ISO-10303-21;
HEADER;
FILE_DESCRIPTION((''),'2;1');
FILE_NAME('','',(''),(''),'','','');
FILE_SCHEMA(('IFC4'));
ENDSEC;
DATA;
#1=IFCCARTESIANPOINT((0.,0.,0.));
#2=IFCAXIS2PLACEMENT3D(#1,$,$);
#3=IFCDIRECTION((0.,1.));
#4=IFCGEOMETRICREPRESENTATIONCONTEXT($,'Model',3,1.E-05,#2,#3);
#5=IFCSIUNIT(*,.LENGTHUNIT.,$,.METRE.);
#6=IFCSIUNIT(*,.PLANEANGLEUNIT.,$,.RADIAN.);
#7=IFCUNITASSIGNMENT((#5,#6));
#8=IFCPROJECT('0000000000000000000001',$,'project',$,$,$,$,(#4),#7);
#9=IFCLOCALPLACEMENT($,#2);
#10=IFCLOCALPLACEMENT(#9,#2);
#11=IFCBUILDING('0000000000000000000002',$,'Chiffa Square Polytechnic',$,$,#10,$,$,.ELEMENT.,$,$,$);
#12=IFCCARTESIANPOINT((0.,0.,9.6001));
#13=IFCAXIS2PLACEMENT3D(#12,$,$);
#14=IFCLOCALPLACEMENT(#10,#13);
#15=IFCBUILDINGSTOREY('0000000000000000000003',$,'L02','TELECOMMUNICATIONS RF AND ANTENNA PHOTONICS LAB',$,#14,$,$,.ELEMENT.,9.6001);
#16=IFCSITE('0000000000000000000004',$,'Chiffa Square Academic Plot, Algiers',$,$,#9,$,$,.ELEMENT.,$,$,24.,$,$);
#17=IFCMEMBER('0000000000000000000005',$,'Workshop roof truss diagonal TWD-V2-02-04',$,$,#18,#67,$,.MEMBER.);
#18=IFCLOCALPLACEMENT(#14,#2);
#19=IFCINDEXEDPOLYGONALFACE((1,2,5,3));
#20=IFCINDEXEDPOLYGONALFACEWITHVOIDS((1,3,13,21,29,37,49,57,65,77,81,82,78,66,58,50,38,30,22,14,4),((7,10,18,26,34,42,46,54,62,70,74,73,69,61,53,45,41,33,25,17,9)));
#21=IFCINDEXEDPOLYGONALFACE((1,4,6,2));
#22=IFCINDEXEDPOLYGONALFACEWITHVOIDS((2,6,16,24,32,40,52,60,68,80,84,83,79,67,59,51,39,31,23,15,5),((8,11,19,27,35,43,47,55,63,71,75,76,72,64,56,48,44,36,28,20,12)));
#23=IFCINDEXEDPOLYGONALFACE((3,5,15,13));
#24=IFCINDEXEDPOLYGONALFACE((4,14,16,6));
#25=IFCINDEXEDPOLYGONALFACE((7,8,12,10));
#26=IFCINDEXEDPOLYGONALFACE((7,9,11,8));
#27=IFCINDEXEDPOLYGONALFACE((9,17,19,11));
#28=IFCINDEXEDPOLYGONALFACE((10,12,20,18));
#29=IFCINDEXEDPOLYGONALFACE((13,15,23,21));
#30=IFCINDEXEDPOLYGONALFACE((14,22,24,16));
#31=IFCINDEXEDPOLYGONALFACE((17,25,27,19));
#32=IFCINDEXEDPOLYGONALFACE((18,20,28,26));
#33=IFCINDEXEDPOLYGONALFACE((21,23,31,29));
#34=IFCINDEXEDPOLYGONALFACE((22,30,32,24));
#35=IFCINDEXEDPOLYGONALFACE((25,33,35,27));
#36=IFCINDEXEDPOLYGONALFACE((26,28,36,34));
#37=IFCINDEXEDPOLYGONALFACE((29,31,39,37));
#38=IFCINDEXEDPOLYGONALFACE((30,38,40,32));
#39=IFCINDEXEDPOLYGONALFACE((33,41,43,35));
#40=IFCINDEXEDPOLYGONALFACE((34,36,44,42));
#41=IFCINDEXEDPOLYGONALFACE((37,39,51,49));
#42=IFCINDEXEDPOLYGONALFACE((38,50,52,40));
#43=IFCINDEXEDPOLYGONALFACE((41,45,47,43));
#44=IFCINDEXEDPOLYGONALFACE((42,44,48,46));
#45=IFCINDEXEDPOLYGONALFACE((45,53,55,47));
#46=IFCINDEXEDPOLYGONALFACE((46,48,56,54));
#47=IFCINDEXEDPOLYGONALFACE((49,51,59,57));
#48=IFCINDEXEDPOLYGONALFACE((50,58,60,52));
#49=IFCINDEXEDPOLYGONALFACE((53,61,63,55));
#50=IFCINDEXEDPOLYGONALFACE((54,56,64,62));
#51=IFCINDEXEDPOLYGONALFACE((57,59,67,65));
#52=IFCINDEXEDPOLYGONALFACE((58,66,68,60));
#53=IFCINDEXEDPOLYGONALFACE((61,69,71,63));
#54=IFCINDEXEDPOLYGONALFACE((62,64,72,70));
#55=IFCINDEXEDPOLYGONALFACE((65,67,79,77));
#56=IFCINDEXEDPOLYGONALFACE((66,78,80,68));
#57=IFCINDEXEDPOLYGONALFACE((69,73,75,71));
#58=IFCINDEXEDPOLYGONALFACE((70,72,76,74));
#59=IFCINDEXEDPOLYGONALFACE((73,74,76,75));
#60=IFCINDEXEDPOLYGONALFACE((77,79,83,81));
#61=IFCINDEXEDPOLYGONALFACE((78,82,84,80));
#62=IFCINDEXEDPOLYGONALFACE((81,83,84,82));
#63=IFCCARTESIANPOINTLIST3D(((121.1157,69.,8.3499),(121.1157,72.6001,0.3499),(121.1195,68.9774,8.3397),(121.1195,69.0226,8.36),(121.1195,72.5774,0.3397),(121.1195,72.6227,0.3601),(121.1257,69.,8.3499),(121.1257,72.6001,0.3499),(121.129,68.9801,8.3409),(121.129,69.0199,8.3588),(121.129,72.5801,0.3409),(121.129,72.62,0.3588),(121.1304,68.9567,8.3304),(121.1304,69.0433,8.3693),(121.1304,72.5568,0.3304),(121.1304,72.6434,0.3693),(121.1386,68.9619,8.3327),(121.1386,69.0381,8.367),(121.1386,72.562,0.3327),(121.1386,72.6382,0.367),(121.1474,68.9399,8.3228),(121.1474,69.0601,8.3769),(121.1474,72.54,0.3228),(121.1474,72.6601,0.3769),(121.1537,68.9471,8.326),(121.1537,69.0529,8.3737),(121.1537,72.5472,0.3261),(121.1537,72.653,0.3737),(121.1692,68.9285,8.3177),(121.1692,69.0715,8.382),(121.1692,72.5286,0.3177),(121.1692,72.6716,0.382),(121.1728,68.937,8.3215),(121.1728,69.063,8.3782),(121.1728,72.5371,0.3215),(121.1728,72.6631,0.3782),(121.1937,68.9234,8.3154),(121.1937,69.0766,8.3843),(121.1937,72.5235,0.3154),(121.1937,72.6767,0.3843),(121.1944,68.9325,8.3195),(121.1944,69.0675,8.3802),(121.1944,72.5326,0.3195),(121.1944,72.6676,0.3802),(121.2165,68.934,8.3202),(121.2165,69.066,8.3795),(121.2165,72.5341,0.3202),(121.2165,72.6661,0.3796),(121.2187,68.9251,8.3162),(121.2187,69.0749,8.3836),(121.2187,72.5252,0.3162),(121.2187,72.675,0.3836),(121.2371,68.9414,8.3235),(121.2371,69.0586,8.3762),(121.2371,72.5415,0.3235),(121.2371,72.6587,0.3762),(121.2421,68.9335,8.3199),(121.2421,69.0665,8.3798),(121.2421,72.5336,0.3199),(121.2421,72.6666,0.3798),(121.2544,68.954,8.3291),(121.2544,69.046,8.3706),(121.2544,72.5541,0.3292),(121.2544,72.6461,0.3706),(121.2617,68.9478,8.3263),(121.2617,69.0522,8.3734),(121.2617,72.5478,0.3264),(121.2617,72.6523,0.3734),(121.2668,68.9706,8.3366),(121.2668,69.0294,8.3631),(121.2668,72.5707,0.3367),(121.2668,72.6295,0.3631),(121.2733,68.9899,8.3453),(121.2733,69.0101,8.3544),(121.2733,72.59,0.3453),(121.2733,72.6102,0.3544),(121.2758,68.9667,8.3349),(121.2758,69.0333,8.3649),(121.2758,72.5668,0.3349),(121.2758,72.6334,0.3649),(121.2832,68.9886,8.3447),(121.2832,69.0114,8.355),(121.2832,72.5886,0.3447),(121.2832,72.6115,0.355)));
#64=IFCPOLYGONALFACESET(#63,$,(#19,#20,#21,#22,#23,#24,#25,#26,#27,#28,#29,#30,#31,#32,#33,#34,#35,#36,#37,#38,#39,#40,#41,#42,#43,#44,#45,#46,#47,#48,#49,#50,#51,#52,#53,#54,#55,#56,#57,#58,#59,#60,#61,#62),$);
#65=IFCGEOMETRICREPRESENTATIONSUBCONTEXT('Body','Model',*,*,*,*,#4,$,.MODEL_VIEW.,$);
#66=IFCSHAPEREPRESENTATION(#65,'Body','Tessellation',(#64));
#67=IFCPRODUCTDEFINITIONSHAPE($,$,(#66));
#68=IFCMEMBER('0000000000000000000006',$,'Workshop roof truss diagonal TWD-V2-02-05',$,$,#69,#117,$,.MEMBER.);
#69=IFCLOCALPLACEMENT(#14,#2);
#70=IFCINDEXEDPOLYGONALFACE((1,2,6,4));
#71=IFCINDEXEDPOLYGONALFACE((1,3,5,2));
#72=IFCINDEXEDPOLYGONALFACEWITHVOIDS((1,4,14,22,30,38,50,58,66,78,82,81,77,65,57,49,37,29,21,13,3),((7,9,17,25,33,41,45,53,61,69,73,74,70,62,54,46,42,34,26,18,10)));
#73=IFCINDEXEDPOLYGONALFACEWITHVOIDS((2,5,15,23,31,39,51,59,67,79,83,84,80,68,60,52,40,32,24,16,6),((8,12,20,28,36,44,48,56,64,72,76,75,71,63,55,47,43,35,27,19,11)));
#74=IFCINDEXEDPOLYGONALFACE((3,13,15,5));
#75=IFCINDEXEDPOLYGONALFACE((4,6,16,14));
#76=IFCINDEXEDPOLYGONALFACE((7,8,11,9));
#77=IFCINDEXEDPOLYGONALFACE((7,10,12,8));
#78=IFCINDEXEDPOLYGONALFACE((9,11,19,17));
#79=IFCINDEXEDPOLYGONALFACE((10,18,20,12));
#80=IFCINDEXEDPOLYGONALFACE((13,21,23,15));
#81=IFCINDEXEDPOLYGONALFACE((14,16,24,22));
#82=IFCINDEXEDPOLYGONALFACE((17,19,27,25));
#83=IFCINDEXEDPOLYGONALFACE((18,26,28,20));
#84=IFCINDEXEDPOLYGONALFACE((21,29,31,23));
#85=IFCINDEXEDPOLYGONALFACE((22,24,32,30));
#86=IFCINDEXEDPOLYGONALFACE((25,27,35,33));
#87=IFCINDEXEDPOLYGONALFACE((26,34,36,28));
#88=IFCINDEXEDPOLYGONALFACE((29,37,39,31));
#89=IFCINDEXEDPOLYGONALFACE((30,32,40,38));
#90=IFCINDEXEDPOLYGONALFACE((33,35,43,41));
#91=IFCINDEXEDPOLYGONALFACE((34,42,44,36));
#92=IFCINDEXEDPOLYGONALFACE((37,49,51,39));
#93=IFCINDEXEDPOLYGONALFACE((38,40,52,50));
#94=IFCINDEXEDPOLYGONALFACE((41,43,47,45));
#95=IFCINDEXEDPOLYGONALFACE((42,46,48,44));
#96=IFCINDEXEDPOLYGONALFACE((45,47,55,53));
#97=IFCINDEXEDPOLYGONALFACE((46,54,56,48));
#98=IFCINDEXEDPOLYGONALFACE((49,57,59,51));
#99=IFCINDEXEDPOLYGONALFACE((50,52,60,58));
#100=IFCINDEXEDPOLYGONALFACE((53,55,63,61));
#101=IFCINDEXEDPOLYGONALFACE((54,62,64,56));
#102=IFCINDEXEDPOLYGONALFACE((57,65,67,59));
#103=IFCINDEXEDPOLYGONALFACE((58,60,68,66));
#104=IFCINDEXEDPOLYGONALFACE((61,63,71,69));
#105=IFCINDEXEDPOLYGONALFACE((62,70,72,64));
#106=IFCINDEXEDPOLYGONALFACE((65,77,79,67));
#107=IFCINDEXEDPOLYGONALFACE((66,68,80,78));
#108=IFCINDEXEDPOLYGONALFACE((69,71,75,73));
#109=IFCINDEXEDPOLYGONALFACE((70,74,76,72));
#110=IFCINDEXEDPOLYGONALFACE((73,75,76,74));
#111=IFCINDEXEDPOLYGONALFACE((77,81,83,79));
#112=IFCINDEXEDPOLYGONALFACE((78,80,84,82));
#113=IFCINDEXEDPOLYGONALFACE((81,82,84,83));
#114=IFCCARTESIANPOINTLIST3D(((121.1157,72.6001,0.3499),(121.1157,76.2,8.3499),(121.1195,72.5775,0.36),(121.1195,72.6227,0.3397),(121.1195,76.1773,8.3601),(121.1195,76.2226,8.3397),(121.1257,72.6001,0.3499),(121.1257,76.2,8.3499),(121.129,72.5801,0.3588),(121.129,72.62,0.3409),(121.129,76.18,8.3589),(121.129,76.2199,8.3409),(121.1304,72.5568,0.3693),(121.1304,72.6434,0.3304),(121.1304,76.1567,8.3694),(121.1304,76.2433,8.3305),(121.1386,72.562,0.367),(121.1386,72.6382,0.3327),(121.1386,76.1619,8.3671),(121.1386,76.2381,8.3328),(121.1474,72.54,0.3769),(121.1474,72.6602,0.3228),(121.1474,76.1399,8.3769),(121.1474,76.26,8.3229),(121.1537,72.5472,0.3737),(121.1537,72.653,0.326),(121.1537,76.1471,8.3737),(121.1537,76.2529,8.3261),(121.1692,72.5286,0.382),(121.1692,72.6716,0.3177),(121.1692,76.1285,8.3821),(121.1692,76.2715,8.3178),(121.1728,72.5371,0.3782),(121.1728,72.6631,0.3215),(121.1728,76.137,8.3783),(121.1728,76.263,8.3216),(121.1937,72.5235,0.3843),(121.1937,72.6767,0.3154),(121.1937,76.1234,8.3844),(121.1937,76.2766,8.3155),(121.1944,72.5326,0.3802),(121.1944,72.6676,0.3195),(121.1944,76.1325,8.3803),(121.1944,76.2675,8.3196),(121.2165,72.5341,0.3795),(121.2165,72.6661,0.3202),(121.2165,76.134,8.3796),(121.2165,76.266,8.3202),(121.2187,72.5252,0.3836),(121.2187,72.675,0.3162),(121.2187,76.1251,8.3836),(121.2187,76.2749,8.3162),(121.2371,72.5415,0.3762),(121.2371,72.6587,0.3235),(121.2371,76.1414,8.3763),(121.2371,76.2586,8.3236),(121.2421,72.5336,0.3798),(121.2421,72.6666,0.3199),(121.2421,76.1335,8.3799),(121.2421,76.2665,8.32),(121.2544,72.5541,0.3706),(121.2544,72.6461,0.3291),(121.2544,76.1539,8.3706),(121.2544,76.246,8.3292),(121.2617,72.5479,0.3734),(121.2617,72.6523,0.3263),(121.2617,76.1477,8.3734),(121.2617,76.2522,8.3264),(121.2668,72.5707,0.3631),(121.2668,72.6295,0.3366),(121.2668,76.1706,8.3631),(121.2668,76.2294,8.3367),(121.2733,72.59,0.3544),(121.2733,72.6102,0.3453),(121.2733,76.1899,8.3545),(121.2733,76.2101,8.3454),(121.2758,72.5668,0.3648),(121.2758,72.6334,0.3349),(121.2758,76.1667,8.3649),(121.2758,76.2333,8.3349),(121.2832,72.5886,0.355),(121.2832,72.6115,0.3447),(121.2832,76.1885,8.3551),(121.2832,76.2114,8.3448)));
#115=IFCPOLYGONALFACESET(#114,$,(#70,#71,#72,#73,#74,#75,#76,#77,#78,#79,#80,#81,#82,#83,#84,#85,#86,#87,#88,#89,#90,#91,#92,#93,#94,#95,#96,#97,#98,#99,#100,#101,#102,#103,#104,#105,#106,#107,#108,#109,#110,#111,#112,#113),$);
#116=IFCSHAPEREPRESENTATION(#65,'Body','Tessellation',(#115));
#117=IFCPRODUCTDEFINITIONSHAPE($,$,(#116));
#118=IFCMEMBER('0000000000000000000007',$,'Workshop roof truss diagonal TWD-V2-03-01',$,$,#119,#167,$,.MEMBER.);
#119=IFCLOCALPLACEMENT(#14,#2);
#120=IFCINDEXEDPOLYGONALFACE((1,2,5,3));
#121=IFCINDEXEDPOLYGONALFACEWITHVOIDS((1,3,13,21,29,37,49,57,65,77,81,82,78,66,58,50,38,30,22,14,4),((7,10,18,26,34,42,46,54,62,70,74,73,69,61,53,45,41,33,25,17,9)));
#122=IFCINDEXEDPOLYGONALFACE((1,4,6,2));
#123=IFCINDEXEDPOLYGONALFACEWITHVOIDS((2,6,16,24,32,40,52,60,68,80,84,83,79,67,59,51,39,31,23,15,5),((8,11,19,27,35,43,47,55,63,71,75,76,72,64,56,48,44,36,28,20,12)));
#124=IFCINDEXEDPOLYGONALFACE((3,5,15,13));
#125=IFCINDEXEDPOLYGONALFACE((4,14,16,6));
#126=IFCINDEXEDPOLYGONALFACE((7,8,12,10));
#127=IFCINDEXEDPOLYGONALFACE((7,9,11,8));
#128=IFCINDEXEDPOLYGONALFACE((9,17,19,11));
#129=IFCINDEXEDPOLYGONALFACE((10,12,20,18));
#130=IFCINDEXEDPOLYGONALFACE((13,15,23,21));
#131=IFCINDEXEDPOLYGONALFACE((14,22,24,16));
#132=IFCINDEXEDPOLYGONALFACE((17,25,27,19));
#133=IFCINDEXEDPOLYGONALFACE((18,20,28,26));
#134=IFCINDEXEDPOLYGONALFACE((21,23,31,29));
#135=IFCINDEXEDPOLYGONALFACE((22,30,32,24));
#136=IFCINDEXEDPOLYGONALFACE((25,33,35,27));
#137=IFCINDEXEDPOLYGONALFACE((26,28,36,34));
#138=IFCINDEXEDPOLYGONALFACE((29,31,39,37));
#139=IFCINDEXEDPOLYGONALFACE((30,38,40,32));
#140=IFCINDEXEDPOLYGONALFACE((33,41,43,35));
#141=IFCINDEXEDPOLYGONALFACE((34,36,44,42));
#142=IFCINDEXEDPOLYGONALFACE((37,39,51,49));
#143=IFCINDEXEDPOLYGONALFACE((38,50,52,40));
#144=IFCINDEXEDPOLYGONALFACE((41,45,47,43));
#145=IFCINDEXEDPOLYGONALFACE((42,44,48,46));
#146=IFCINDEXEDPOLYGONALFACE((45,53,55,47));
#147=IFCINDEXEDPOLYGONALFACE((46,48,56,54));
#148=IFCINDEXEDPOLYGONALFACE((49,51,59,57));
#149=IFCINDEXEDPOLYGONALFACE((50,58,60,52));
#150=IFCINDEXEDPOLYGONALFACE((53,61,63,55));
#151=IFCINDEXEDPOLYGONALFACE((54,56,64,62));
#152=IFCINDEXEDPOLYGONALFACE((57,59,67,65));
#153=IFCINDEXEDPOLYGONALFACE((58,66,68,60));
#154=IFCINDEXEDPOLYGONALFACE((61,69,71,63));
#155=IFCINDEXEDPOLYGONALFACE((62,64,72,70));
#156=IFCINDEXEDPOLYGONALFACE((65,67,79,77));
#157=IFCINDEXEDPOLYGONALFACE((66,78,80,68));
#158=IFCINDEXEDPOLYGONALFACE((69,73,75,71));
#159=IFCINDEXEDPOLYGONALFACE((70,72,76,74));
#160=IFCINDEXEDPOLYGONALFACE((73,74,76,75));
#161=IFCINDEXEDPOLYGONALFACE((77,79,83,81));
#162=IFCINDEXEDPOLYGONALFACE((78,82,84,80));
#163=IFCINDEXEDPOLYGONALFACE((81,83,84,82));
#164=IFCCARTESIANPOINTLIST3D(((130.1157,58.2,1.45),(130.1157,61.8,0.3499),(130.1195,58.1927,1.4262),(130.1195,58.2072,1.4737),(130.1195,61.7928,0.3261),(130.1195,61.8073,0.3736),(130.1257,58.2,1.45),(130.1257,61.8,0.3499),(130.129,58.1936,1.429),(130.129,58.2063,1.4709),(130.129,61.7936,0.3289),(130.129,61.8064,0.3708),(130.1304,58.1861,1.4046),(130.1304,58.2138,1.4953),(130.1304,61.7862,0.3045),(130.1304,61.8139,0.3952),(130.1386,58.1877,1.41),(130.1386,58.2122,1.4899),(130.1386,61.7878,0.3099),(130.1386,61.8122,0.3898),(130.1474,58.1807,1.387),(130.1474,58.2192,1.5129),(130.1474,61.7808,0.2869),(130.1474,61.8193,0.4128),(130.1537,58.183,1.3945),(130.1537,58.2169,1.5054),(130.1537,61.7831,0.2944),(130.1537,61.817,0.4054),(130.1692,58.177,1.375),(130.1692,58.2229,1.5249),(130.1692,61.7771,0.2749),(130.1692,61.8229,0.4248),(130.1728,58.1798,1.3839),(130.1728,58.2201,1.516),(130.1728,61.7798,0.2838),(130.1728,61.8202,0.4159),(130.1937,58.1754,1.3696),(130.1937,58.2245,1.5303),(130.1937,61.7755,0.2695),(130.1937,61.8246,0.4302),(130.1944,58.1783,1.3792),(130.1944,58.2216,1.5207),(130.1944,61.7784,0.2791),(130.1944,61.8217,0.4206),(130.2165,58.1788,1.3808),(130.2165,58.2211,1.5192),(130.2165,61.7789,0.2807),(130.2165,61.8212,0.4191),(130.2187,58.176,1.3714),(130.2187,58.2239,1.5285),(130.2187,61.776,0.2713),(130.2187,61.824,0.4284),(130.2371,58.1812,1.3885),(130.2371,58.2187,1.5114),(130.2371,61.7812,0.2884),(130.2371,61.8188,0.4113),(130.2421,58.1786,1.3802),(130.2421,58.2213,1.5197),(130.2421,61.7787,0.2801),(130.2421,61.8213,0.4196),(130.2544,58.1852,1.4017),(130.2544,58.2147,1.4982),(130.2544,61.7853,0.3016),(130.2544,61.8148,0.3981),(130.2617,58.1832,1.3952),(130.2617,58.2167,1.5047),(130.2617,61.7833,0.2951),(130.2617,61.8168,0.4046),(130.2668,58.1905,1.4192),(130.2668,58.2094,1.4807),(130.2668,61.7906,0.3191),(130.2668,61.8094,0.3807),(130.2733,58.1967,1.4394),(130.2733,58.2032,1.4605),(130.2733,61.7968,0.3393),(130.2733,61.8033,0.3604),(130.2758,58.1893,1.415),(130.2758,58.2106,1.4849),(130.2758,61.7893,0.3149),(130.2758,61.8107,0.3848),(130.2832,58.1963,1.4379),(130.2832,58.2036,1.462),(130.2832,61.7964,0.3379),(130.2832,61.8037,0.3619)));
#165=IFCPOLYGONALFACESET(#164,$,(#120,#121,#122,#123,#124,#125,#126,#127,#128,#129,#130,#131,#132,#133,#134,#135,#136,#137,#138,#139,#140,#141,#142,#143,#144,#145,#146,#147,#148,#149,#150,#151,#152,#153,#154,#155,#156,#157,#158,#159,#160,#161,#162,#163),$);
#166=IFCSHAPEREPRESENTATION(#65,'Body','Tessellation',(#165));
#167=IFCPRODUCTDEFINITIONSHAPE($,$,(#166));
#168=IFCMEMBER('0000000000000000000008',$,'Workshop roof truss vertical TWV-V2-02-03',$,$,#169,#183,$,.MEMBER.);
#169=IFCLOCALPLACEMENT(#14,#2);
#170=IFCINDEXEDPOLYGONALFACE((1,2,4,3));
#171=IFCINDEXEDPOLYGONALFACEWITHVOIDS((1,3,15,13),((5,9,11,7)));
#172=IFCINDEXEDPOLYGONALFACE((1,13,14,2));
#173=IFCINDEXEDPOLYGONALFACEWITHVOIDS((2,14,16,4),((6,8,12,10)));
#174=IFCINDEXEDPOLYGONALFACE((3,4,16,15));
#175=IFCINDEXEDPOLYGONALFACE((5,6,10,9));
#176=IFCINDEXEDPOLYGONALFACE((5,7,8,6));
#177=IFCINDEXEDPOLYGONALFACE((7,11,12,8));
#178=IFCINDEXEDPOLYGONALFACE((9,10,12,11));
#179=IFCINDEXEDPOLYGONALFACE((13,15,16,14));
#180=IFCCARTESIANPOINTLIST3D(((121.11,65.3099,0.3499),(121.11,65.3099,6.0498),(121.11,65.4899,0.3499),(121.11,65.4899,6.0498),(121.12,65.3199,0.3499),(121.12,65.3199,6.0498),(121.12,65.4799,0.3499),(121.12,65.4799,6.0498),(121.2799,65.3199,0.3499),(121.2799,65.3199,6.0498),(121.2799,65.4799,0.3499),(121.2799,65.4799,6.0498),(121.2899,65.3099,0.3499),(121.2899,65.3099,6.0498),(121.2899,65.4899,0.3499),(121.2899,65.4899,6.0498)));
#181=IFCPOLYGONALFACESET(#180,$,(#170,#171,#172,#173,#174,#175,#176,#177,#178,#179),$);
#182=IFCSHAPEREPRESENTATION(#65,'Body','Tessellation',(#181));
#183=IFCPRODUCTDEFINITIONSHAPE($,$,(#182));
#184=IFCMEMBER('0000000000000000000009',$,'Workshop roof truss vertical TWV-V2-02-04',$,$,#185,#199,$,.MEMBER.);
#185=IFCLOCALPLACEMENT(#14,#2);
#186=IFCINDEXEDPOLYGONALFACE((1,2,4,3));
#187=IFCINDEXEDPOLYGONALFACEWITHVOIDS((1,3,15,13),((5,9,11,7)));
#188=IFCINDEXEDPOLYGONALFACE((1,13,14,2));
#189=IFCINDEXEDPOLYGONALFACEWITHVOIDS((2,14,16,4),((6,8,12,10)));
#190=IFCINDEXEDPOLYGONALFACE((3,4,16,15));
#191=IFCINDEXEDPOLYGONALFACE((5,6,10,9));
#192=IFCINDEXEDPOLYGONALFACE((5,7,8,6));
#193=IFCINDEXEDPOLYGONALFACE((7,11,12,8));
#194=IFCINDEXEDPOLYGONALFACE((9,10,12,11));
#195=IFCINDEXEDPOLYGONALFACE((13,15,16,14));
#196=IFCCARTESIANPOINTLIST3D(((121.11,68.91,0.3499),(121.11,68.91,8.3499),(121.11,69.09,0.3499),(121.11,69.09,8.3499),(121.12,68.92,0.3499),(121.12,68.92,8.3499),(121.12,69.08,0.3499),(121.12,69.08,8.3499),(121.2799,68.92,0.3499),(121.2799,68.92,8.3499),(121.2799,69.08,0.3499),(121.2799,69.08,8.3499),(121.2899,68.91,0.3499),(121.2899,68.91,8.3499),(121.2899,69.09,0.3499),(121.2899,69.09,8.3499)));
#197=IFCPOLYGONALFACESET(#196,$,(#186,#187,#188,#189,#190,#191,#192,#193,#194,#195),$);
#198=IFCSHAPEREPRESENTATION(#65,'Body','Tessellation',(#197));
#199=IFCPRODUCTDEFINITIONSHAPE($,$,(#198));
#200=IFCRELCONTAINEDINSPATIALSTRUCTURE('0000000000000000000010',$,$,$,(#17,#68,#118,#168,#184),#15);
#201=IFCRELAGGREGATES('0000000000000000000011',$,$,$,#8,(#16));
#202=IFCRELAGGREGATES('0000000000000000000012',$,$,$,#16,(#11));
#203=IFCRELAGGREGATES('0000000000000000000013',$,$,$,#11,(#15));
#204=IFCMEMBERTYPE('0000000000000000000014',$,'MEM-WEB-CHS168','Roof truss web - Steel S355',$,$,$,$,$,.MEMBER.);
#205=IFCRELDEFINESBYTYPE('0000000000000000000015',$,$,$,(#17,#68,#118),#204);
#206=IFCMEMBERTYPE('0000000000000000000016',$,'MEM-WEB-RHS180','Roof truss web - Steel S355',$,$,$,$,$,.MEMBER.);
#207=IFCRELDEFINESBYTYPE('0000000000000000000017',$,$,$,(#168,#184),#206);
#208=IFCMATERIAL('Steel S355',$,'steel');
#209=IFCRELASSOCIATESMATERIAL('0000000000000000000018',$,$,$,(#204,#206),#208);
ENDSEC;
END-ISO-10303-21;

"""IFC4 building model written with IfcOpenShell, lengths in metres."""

from ifc_helpers import new_model, si_unit, direction, frame, origin, origin_2d, place, context, subcontext, project, spatial, hollow_rectangle, hollow_circle, extrude, material, material_profile, profile_set, type_object, element, save


model = new_model("IFC4")

# Units and contexts
model_context = context("Model", 3, precision=1e-05, world=origin(), true_north=direction((0.0, 1.0)))
body_context = subcontext(model_context, "Body", "Model", "MODEL_VIEW")
ifc_project = project(units=[si_unit("LENGTHUNIT", "METRE"), si_unit("PLANEANGLEUNIT", "RADIAN")], contexts=[model_context])

# Site, building, storey
site_placement = place(None, origin())
site = spatial("IfcSite", under=ifc_project, at=site_placement, Name="Chiffa Square Academic Plot, Algiers", CompositionType="ELEMENT", RefElevation=24.0)
building_placement = place(site_placement, origin())
building = spatial("IfcBuilding", under=site, at=building_placement, Name="Chiffa Square Polytechnic", CompositionType="ELEMENT")
storey_placement = place(building_placement, frame((0.0, 0.0, 9.6001)))
storey = spatial("IfcBuildingStorey", under=building, at=storey_placement, Name="L02", Description="TELECOMMUNICATIONS RF AND ANTENNA PHOTONICS LAB", CompositionType="ELEMENT", Elevation=9.6001)

# Shared definitions
ifc_material_1 = material(Name="Steel S355", Category="steel")

# Members
ifc_material_profile_1 = material_profile(ifc_material_1, hollow_circle(Radius=0.0842, WallThickness=0.01, at=origin_2d()), Name="CHS 168.3x10")
ifc_profile_set_1 = profile_set([ifc_material_profile_1], Name="Steel S355")
member_type_1 = type_object("IfcMemberType", Name="MEM-WEB-CHS168", Description="Roof truss web - Steel S355", PredefinedType="MEMBER", material=ifc_profile_set_1)
for number, where, z_axis, x_axis, name in (
    (1, (121.2, 69.0, 8.3499), (0.0, 0.410374, -0.911917), (-1.0, 0.0, 0.0), "Workshop roof truss diagonal TWD-V2-02-04"),
    (2, (121.2, 72.6001, 0.3499), (0.0, 0.410351, 0.911928), (-1.0, 0.0, 0.0), "Workshop roof truss diagonal TWD-V2-02-05"),
):
    element("IfcMember", number, at=place(storey_placement, frame(where, z_axis=z_axis, x_axis=x_axis)), inside=storey, type_object=member_type_1, Name=name, PredefinedType="MEMBER", context=body_context, shape_type="SweptSolid", body=[
        extrude(hollow_circle(Radius=0.0842, WallThickness=0.01, at=origin_2d()), origin(), (0.0, 0.0, 1.0), 8.7727),
    ])
member_1_placement = place(storey_placement, frame((130.2, 58.2, 1.45), z_axis=(0.0, 0.956347, -0.292235), x_axis=(-1.0, 0.0, 0.0)))
element("IfcMember", 3, at=member_1_placement, inside=storey, type_object=member_type_1, Name="Workshop roof truss diagonal TWD-V2-03-01", PredefinedType="MEMBER", context=body_context, shape_type="SweptSolid", body=[
    extrude(hollow_circle(Radius=0.0842, WallThickness=0.01, at=origin_2d()), origin(), (0.0, 0.0, 1.0), 3.7644),
])
ifc_material_profile_2 = material_profile(ifc_material_1, hollow_rectangle(XDim=0.1799, YDim=0.1799, WallThickness=0.01, at=origin_2d()), Name="RHS 180x180x10")
ifc_profile_set_2 = profile_set([ifc_material_profile_2], Name="Steel S355")
member_type_2 = type_object("IfcMemberType", Name="MEM-WEB-RHS180", Description="Roof truss web - Steel S355", PredefinedType="MEMBER", material=ifc_profile_set_2)
member_2_placement = place(storey_placement, frame((121.2, 65.3999, 0.3499), z_axis=(0.0, 0.0, 1.0), x_axis=(1.0, 0.0, 0.0)))
element("IfcMember", 4, at=member_2_placement, inside=storey, type_object=member_type_2, Name="Workshop roof truss vertical TWV-V2-02-03", PredefinedType="MEMBER", context=body_context, shape_type="SweptSolid", body=[
    extrude(hollow_rectangle(XDim=0.1799, YDim=0.1799, WallThickness=0.01, at=origin_2d()), origin(), (0.0, 0.0, 1.0), 5.7),
])
member_3_placement = place(storey_placement, frame((121.2, 69.0, 0.3499), z_axis=(0.0, 0.0, 1.0), x_axis=(1.0, 0.0, 0.0)))
element("IfcMember", 5, at=member_3_placement, inside=storey, type_object=member_type_2, Name="Workshop roof truss vertical TWV-V2-02-04", PredefinedType="MEMBER", context=body_context, shape_type="SweptSolid", body=[
    extrude(hollow_rectangle(XDim=0.1799, YDim=0.1799, WallThickness=0.01, at=origin_2d()), origin(), (0.0, 0.0, 1.0), 8.0),
])

save(model, "model.ifc")
